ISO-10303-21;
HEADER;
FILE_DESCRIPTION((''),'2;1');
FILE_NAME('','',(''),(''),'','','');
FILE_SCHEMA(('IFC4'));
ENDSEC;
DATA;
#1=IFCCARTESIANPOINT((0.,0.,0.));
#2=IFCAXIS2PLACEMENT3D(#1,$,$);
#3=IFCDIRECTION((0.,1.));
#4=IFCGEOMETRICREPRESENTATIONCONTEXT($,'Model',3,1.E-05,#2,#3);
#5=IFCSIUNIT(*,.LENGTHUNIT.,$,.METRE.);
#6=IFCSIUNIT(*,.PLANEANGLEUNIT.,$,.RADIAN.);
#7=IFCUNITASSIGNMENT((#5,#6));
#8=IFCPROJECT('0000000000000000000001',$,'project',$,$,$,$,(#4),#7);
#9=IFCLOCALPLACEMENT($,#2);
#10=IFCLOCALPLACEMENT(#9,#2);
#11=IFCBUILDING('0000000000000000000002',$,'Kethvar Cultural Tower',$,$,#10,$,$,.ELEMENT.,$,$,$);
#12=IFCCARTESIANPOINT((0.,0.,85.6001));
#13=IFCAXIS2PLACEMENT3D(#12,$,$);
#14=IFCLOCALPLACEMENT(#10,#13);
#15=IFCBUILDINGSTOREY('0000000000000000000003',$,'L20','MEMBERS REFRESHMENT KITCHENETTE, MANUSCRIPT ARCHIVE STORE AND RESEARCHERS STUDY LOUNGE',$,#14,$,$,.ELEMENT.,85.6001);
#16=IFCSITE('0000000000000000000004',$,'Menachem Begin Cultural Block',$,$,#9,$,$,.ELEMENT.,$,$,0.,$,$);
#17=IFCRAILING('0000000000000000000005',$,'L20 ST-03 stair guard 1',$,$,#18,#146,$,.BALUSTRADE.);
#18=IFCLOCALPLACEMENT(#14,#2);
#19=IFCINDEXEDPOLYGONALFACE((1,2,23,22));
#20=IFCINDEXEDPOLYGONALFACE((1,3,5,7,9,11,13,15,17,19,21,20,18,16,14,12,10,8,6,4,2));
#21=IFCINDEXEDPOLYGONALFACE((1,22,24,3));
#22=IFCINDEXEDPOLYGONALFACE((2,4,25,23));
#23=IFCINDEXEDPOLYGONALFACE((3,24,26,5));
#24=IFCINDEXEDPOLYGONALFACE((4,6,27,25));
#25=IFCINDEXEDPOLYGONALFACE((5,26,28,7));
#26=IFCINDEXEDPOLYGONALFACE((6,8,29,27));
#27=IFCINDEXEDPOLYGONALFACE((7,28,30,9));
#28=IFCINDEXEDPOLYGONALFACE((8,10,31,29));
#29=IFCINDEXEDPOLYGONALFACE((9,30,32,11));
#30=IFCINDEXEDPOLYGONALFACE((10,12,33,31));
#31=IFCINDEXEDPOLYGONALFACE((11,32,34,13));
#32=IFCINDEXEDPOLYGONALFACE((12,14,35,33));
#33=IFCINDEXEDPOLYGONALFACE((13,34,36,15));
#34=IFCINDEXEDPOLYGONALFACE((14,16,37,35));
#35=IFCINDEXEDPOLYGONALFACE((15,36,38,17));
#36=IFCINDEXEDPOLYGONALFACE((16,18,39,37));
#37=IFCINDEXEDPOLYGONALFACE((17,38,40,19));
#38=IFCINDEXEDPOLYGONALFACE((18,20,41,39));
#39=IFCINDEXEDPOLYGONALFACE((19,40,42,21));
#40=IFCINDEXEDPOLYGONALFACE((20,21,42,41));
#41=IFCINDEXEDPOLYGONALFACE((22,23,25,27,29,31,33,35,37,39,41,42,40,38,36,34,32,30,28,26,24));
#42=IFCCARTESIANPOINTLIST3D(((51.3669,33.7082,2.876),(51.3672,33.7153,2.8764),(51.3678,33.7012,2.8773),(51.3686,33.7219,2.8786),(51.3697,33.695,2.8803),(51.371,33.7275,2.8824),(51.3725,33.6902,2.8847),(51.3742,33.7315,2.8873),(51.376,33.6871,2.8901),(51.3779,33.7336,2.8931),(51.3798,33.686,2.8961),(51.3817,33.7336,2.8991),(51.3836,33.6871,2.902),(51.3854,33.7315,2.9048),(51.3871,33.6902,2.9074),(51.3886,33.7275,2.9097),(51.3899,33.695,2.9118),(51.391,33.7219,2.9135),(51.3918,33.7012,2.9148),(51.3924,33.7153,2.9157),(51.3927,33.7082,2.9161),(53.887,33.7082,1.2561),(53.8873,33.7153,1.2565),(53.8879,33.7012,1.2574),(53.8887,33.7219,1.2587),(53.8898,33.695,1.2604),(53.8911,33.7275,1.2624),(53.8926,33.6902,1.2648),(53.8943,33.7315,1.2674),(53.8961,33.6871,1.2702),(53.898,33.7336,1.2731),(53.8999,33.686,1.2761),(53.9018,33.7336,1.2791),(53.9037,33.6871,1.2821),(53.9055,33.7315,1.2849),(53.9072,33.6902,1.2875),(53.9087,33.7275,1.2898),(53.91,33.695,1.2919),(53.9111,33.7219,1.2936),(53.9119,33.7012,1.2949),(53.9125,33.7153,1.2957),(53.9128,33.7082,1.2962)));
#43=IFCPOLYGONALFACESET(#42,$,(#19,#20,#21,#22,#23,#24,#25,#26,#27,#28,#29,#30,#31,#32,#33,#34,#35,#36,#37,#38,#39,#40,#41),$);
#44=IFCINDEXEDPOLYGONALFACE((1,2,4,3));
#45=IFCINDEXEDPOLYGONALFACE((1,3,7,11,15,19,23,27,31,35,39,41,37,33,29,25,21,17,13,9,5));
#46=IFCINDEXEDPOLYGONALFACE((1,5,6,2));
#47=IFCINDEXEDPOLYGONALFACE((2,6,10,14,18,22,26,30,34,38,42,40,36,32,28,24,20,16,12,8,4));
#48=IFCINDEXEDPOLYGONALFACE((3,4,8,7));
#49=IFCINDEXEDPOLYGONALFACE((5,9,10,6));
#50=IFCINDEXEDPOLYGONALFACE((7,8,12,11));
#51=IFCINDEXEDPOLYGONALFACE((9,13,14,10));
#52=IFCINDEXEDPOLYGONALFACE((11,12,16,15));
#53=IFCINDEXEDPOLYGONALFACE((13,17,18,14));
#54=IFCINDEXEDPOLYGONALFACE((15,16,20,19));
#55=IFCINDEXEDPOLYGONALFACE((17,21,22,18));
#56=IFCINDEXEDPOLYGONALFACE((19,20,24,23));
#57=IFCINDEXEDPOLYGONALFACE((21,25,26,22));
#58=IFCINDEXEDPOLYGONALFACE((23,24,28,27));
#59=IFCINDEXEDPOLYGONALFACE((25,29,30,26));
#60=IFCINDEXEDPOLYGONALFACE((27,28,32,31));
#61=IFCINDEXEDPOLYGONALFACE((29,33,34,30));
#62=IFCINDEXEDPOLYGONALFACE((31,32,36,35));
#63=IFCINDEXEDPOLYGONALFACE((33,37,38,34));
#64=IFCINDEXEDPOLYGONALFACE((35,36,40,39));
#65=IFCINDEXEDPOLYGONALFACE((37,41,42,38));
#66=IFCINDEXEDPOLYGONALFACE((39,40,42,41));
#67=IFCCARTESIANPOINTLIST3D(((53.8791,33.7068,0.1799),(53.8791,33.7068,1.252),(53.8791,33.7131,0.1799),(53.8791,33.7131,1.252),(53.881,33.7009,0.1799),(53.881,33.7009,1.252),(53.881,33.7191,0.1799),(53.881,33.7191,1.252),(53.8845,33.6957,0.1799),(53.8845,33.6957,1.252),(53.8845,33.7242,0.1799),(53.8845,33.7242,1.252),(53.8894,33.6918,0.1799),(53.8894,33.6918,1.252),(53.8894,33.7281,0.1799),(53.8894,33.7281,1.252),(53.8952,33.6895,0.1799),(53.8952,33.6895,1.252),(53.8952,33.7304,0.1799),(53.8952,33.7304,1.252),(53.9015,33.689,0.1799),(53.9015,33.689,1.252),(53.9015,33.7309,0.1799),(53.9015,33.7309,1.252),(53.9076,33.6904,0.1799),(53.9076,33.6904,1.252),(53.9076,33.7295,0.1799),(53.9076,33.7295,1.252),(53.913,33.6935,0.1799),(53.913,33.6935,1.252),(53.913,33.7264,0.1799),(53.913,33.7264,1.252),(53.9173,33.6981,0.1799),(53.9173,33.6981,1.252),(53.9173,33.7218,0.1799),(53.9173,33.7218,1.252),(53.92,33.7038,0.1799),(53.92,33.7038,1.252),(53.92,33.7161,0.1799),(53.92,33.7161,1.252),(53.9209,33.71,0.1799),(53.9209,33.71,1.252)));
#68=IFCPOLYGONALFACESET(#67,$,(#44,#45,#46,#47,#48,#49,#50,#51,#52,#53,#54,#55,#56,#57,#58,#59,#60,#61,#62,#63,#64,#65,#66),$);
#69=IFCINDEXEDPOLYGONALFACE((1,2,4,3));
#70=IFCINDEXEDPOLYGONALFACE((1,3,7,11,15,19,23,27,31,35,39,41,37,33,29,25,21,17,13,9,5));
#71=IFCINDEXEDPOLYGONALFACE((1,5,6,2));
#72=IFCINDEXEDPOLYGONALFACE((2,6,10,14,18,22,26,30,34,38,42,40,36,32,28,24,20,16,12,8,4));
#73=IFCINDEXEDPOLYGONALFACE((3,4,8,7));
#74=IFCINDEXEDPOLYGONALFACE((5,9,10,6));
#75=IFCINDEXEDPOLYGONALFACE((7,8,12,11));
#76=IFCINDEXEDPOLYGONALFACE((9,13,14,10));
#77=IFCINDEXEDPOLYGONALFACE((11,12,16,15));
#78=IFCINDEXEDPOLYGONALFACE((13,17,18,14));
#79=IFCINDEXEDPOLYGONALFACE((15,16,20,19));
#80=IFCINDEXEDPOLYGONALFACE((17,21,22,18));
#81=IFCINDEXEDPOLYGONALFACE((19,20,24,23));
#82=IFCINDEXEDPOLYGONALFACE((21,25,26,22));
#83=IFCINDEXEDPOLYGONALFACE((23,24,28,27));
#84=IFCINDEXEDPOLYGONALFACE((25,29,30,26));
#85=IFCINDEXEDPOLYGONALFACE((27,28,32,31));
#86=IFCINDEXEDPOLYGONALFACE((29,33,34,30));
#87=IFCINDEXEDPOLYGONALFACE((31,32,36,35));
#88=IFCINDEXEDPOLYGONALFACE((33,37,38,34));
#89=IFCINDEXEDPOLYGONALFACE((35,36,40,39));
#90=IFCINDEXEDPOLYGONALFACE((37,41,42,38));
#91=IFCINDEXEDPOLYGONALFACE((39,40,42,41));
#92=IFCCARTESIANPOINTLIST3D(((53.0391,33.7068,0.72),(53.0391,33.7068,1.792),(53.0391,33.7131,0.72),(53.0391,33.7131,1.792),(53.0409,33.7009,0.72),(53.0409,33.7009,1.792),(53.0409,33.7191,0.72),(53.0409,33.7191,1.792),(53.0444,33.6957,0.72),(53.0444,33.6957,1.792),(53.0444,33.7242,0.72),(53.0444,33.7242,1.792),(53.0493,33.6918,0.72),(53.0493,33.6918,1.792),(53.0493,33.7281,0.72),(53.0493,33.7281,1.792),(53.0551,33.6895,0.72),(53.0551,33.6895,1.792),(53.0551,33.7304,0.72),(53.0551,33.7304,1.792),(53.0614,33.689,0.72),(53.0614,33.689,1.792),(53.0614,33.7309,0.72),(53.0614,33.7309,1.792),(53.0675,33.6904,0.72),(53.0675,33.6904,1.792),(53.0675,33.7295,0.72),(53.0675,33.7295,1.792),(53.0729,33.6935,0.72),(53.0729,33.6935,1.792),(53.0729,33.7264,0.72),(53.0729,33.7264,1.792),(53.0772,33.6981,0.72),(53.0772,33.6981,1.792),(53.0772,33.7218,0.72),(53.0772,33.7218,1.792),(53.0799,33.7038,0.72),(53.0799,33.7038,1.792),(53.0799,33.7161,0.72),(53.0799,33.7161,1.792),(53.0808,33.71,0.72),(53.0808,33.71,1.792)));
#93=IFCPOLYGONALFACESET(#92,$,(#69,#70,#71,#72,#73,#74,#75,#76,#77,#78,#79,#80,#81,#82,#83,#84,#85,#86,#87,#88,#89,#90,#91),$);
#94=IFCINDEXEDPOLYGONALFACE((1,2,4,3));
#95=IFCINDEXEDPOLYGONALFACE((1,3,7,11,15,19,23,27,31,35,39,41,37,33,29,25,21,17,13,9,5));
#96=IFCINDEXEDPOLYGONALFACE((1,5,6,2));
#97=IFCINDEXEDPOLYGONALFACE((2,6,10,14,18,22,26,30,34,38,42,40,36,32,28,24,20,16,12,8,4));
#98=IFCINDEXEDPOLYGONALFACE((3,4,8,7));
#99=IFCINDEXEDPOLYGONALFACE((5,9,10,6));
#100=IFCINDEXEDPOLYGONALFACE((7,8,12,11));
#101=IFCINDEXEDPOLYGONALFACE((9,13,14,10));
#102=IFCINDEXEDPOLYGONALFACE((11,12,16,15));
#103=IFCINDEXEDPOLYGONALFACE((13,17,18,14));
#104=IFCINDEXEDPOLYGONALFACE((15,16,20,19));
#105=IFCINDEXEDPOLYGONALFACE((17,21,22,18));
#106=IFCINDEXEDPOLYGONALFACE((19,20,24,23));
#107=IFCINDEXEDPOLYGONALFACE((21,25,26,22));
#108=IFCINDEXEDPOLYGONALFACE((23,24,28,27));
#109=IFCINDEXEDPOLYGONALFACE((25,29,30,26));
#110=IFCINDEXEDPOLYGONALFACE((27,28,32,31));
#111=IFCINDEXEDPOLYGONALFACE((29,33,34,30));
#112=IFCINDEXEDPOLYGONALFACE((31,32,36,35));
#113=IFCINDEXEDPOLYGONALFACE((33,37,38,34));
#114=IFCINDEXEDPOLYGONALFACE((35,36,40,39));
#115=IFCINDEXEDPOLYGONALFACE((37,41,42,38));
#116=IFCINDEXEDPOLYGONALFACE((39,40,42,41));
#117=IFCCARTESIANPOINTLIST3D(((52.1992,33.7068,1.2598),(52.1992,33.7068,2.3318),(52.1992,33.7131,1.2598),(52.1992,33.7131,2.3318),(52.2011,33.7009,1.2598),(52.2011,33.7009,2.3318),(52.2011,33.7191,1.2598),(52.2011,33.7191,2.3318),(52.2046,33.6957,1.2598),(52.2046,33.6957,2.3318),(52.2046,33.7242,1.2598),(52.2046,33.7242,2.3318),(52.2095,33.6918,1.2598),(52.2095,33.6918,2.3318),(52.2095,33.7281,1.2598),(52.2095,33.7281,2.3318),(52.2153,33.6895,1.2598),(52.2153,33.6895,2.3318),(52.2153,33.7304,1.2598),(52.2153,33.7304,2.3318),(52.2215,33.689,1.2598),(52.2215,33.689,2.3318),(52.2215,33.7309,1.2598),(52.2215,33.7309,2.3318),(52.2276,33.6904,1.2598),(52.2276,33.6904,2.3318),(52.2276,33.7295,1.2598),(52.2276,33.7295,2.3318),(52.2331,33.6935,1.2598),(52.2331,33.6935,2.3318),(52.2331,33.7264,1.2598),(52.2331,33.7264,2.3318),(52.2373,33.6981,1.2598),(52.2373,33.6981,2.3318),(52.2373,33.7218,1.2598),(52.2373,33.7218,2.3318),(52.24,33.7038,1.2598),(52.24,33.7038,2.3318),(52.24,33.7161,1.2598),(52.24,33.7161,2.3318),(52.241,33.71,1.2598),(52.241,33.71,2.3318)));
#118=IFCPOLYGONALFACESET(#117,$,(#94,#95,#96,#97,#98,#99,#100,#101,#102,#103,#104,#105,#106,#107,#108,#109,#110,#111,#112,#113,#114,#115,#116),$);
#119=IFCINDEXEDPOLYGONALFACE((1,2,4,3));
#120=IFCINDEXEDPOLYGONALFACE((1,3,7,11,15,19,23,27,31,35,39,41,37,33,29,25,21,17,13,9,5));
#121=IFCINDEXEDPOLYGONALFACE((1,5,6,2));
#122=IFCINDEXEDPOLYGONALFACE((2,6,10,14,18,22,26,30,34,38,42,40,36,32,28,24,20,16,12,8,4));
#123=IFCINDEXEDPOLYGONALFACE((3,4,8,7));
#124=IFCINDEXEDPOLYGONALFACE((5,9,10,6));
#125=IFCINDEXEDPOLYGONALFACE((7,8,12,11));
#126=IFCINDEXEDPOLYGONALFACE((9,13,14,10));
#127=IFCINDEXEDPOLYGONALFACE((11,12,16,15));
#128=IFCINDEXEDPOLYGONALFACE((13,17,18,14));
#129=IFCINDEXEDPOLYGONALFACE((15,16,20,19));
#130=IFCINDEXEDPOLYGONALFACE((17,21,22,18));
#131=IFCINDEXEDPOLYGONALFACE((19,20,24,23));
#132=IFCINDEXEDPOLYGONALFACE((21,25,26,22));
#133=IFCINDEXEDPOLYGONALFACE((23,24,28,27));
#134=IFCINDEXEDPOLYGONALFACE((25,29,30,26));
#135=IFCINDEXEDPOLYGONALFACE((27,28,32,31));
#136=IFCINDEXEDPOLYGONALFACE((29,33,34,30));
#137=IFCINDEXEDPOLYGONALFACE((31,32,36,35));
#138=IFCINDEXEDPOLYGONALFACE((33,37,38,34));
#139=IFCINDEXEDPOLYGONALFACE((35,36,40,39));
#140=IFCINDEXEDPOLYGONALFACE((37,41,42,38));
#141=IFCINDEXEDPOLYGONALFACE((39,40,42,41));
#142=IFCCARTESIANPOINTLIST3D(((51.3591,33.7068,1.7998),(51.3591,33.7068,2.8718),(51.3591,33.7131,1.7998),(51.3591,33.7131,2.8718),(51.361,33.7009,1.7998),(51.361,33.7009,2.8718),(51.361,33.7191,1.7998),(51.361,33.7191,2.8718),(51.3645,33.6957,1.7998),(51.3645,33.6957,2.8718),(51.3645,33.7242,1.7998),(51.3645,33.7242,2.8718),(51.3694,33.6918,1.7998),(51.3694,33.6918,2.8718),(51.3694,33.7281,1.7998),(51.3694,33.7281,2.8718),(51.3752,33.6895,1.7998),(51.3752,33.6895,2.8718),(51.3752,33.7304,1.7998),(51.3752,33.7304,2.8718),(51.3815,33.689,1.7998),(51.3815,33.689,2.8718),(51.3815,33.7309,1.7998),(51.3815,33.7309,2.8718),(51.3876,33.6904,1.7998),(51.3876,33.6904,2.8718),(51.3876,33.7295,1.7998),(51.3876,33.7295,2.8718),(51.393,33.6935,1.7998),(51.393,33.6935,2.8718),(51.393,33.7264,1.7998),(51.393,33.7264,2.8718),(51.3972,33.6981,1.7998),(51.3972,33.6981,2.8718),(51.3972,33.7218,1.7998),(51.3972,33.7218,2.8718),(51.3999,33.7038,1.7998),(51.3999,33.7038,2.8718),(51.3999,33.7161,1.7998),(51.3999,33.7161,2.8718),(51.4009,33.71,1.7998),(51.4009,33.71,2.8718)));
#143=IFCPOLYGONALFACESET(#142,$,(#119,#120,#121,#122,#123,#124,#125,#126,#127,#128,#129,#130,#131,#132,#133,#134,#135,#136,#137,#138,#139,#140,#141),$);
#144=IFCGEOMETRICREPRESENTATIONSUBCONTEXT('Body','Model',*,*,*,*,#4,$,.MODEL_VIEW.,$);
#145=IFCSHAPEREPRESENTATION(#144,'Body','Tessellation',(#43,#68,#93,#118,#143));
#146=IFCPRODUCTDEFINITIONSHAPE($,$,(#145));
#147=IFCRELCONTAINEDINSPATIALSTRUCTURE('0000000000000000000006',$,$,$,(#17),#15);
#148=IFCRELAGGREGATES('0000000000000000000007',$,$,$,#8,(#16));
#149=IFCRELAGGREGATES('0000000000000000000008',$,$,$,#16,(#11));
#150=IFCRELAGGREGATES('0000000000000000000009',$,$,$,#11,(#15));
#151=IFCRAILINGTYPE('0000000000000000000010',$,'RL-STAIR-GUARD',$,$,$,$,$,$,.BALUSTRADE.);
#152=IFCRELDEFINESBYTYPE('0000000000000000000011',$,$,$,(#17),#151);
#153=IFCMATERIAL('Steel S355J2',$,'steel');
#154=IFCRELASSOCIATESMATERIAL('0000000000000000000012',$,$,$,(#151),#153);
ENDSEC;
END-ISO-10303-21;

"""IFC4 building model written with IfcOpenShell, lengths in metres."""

from ifc_helpers import new_model, si_unit, direction, frame, origin, origin_2d, place, context, subcontext, project, spatial, circle, extrude, material, type_object, element, save


model = new_model("IFC4")

# Units and contexts
model_context = context("Model", 3, precision=1e-05, world=origin(), true_north=direction((0.0, 1.0)))
body_context = subcontext(model_context, "Body", "Model", "MODEL_VIEW")
ifc_project = project(units=[si_unit("LENGTHUNIT", "METRE"), si_unit("PLANEANGLEUNIT", "RADIAN")], contexts=[model_context])

# Site, building, storey
site_placement = place(None, origin())
site = spatial("IfcSite", under=ifc_project, at=site_placement, Name="Menachem Begin Cultural Block", CompositionType="ELEMENT", RefElevation=0.0)
building_placement = place(site_placement, origin())
building = spatial("IfcBuilding", under=site, at=building_placement, Name="Kethvar Cultural Tower", CompositionType="ELEMENT")
storey_placement = place(building_placement, frame((0.0, 0.0, 85.6001)))
storey = spatial("IfcBuildingStorey", under=building, at=storey_placement, Name="L20", Description="MEMBERS REFRESHMENT KITCHENETTE, MANUSCRIPT ARCHIVE STORE AND RESEARCHERS STUDY LOUNGE", CompositionType="ELEMENT", Elevation=85.6001)

# Shared definitions
ifc_material_1 = material(Name="Steel S355J2", Category="steel")

# Railing
railing_type_1 = type_object("IfcRailingType", Name="RL-STAIR-GUARD", PredefinedType="BALUSTRADE", material=ifc_material_1)
railing_1_placement = place(storey_placement, frame((53.8999, 33.71, 0.1799)))
element("IfcRailing", 1, at=railing_1_placement, inside=storey, type_object=railing_type_1, Name="L20 ST-03 stair guard 1", PredefinedType="BALUSTRADE", context=body_context, shape_type="SweptSolid", body=[
    extrude(circle(Radius=0.0239, at=origin_2d()), frame((0.0, 0.0, 1.0962), z_axis=(-0.8412, 0.0, 0.540725), x_axis=(0.0, -1.0, 0.0)), (0.0, 0.0, 1.0), 2.9958),
    extrude(circle(Radius=0.021, at=origin_2d()), origin(), (0.0, 0.0, 1.0), 1.072),
    extrude(circle(Radius=0.021, at=origin_2d()), frame((-0.8401, 0.0, 0.54)), (0.0, 0.0, 1.0), 1.072),
    extrude(circle(Radius=0.021, at=origin_2d()), frame((-1.6799, 0.0, 1.0798)), (0.0, 0.0, 1.0), 1.072),
    extrude(circle(Radius=0.021, at=origin_2d()), frame((-2.52, 0.0, 1.6199)), (0.0, 0.0, 1.0), 1.072),
])

save(model, "model.ifc")
